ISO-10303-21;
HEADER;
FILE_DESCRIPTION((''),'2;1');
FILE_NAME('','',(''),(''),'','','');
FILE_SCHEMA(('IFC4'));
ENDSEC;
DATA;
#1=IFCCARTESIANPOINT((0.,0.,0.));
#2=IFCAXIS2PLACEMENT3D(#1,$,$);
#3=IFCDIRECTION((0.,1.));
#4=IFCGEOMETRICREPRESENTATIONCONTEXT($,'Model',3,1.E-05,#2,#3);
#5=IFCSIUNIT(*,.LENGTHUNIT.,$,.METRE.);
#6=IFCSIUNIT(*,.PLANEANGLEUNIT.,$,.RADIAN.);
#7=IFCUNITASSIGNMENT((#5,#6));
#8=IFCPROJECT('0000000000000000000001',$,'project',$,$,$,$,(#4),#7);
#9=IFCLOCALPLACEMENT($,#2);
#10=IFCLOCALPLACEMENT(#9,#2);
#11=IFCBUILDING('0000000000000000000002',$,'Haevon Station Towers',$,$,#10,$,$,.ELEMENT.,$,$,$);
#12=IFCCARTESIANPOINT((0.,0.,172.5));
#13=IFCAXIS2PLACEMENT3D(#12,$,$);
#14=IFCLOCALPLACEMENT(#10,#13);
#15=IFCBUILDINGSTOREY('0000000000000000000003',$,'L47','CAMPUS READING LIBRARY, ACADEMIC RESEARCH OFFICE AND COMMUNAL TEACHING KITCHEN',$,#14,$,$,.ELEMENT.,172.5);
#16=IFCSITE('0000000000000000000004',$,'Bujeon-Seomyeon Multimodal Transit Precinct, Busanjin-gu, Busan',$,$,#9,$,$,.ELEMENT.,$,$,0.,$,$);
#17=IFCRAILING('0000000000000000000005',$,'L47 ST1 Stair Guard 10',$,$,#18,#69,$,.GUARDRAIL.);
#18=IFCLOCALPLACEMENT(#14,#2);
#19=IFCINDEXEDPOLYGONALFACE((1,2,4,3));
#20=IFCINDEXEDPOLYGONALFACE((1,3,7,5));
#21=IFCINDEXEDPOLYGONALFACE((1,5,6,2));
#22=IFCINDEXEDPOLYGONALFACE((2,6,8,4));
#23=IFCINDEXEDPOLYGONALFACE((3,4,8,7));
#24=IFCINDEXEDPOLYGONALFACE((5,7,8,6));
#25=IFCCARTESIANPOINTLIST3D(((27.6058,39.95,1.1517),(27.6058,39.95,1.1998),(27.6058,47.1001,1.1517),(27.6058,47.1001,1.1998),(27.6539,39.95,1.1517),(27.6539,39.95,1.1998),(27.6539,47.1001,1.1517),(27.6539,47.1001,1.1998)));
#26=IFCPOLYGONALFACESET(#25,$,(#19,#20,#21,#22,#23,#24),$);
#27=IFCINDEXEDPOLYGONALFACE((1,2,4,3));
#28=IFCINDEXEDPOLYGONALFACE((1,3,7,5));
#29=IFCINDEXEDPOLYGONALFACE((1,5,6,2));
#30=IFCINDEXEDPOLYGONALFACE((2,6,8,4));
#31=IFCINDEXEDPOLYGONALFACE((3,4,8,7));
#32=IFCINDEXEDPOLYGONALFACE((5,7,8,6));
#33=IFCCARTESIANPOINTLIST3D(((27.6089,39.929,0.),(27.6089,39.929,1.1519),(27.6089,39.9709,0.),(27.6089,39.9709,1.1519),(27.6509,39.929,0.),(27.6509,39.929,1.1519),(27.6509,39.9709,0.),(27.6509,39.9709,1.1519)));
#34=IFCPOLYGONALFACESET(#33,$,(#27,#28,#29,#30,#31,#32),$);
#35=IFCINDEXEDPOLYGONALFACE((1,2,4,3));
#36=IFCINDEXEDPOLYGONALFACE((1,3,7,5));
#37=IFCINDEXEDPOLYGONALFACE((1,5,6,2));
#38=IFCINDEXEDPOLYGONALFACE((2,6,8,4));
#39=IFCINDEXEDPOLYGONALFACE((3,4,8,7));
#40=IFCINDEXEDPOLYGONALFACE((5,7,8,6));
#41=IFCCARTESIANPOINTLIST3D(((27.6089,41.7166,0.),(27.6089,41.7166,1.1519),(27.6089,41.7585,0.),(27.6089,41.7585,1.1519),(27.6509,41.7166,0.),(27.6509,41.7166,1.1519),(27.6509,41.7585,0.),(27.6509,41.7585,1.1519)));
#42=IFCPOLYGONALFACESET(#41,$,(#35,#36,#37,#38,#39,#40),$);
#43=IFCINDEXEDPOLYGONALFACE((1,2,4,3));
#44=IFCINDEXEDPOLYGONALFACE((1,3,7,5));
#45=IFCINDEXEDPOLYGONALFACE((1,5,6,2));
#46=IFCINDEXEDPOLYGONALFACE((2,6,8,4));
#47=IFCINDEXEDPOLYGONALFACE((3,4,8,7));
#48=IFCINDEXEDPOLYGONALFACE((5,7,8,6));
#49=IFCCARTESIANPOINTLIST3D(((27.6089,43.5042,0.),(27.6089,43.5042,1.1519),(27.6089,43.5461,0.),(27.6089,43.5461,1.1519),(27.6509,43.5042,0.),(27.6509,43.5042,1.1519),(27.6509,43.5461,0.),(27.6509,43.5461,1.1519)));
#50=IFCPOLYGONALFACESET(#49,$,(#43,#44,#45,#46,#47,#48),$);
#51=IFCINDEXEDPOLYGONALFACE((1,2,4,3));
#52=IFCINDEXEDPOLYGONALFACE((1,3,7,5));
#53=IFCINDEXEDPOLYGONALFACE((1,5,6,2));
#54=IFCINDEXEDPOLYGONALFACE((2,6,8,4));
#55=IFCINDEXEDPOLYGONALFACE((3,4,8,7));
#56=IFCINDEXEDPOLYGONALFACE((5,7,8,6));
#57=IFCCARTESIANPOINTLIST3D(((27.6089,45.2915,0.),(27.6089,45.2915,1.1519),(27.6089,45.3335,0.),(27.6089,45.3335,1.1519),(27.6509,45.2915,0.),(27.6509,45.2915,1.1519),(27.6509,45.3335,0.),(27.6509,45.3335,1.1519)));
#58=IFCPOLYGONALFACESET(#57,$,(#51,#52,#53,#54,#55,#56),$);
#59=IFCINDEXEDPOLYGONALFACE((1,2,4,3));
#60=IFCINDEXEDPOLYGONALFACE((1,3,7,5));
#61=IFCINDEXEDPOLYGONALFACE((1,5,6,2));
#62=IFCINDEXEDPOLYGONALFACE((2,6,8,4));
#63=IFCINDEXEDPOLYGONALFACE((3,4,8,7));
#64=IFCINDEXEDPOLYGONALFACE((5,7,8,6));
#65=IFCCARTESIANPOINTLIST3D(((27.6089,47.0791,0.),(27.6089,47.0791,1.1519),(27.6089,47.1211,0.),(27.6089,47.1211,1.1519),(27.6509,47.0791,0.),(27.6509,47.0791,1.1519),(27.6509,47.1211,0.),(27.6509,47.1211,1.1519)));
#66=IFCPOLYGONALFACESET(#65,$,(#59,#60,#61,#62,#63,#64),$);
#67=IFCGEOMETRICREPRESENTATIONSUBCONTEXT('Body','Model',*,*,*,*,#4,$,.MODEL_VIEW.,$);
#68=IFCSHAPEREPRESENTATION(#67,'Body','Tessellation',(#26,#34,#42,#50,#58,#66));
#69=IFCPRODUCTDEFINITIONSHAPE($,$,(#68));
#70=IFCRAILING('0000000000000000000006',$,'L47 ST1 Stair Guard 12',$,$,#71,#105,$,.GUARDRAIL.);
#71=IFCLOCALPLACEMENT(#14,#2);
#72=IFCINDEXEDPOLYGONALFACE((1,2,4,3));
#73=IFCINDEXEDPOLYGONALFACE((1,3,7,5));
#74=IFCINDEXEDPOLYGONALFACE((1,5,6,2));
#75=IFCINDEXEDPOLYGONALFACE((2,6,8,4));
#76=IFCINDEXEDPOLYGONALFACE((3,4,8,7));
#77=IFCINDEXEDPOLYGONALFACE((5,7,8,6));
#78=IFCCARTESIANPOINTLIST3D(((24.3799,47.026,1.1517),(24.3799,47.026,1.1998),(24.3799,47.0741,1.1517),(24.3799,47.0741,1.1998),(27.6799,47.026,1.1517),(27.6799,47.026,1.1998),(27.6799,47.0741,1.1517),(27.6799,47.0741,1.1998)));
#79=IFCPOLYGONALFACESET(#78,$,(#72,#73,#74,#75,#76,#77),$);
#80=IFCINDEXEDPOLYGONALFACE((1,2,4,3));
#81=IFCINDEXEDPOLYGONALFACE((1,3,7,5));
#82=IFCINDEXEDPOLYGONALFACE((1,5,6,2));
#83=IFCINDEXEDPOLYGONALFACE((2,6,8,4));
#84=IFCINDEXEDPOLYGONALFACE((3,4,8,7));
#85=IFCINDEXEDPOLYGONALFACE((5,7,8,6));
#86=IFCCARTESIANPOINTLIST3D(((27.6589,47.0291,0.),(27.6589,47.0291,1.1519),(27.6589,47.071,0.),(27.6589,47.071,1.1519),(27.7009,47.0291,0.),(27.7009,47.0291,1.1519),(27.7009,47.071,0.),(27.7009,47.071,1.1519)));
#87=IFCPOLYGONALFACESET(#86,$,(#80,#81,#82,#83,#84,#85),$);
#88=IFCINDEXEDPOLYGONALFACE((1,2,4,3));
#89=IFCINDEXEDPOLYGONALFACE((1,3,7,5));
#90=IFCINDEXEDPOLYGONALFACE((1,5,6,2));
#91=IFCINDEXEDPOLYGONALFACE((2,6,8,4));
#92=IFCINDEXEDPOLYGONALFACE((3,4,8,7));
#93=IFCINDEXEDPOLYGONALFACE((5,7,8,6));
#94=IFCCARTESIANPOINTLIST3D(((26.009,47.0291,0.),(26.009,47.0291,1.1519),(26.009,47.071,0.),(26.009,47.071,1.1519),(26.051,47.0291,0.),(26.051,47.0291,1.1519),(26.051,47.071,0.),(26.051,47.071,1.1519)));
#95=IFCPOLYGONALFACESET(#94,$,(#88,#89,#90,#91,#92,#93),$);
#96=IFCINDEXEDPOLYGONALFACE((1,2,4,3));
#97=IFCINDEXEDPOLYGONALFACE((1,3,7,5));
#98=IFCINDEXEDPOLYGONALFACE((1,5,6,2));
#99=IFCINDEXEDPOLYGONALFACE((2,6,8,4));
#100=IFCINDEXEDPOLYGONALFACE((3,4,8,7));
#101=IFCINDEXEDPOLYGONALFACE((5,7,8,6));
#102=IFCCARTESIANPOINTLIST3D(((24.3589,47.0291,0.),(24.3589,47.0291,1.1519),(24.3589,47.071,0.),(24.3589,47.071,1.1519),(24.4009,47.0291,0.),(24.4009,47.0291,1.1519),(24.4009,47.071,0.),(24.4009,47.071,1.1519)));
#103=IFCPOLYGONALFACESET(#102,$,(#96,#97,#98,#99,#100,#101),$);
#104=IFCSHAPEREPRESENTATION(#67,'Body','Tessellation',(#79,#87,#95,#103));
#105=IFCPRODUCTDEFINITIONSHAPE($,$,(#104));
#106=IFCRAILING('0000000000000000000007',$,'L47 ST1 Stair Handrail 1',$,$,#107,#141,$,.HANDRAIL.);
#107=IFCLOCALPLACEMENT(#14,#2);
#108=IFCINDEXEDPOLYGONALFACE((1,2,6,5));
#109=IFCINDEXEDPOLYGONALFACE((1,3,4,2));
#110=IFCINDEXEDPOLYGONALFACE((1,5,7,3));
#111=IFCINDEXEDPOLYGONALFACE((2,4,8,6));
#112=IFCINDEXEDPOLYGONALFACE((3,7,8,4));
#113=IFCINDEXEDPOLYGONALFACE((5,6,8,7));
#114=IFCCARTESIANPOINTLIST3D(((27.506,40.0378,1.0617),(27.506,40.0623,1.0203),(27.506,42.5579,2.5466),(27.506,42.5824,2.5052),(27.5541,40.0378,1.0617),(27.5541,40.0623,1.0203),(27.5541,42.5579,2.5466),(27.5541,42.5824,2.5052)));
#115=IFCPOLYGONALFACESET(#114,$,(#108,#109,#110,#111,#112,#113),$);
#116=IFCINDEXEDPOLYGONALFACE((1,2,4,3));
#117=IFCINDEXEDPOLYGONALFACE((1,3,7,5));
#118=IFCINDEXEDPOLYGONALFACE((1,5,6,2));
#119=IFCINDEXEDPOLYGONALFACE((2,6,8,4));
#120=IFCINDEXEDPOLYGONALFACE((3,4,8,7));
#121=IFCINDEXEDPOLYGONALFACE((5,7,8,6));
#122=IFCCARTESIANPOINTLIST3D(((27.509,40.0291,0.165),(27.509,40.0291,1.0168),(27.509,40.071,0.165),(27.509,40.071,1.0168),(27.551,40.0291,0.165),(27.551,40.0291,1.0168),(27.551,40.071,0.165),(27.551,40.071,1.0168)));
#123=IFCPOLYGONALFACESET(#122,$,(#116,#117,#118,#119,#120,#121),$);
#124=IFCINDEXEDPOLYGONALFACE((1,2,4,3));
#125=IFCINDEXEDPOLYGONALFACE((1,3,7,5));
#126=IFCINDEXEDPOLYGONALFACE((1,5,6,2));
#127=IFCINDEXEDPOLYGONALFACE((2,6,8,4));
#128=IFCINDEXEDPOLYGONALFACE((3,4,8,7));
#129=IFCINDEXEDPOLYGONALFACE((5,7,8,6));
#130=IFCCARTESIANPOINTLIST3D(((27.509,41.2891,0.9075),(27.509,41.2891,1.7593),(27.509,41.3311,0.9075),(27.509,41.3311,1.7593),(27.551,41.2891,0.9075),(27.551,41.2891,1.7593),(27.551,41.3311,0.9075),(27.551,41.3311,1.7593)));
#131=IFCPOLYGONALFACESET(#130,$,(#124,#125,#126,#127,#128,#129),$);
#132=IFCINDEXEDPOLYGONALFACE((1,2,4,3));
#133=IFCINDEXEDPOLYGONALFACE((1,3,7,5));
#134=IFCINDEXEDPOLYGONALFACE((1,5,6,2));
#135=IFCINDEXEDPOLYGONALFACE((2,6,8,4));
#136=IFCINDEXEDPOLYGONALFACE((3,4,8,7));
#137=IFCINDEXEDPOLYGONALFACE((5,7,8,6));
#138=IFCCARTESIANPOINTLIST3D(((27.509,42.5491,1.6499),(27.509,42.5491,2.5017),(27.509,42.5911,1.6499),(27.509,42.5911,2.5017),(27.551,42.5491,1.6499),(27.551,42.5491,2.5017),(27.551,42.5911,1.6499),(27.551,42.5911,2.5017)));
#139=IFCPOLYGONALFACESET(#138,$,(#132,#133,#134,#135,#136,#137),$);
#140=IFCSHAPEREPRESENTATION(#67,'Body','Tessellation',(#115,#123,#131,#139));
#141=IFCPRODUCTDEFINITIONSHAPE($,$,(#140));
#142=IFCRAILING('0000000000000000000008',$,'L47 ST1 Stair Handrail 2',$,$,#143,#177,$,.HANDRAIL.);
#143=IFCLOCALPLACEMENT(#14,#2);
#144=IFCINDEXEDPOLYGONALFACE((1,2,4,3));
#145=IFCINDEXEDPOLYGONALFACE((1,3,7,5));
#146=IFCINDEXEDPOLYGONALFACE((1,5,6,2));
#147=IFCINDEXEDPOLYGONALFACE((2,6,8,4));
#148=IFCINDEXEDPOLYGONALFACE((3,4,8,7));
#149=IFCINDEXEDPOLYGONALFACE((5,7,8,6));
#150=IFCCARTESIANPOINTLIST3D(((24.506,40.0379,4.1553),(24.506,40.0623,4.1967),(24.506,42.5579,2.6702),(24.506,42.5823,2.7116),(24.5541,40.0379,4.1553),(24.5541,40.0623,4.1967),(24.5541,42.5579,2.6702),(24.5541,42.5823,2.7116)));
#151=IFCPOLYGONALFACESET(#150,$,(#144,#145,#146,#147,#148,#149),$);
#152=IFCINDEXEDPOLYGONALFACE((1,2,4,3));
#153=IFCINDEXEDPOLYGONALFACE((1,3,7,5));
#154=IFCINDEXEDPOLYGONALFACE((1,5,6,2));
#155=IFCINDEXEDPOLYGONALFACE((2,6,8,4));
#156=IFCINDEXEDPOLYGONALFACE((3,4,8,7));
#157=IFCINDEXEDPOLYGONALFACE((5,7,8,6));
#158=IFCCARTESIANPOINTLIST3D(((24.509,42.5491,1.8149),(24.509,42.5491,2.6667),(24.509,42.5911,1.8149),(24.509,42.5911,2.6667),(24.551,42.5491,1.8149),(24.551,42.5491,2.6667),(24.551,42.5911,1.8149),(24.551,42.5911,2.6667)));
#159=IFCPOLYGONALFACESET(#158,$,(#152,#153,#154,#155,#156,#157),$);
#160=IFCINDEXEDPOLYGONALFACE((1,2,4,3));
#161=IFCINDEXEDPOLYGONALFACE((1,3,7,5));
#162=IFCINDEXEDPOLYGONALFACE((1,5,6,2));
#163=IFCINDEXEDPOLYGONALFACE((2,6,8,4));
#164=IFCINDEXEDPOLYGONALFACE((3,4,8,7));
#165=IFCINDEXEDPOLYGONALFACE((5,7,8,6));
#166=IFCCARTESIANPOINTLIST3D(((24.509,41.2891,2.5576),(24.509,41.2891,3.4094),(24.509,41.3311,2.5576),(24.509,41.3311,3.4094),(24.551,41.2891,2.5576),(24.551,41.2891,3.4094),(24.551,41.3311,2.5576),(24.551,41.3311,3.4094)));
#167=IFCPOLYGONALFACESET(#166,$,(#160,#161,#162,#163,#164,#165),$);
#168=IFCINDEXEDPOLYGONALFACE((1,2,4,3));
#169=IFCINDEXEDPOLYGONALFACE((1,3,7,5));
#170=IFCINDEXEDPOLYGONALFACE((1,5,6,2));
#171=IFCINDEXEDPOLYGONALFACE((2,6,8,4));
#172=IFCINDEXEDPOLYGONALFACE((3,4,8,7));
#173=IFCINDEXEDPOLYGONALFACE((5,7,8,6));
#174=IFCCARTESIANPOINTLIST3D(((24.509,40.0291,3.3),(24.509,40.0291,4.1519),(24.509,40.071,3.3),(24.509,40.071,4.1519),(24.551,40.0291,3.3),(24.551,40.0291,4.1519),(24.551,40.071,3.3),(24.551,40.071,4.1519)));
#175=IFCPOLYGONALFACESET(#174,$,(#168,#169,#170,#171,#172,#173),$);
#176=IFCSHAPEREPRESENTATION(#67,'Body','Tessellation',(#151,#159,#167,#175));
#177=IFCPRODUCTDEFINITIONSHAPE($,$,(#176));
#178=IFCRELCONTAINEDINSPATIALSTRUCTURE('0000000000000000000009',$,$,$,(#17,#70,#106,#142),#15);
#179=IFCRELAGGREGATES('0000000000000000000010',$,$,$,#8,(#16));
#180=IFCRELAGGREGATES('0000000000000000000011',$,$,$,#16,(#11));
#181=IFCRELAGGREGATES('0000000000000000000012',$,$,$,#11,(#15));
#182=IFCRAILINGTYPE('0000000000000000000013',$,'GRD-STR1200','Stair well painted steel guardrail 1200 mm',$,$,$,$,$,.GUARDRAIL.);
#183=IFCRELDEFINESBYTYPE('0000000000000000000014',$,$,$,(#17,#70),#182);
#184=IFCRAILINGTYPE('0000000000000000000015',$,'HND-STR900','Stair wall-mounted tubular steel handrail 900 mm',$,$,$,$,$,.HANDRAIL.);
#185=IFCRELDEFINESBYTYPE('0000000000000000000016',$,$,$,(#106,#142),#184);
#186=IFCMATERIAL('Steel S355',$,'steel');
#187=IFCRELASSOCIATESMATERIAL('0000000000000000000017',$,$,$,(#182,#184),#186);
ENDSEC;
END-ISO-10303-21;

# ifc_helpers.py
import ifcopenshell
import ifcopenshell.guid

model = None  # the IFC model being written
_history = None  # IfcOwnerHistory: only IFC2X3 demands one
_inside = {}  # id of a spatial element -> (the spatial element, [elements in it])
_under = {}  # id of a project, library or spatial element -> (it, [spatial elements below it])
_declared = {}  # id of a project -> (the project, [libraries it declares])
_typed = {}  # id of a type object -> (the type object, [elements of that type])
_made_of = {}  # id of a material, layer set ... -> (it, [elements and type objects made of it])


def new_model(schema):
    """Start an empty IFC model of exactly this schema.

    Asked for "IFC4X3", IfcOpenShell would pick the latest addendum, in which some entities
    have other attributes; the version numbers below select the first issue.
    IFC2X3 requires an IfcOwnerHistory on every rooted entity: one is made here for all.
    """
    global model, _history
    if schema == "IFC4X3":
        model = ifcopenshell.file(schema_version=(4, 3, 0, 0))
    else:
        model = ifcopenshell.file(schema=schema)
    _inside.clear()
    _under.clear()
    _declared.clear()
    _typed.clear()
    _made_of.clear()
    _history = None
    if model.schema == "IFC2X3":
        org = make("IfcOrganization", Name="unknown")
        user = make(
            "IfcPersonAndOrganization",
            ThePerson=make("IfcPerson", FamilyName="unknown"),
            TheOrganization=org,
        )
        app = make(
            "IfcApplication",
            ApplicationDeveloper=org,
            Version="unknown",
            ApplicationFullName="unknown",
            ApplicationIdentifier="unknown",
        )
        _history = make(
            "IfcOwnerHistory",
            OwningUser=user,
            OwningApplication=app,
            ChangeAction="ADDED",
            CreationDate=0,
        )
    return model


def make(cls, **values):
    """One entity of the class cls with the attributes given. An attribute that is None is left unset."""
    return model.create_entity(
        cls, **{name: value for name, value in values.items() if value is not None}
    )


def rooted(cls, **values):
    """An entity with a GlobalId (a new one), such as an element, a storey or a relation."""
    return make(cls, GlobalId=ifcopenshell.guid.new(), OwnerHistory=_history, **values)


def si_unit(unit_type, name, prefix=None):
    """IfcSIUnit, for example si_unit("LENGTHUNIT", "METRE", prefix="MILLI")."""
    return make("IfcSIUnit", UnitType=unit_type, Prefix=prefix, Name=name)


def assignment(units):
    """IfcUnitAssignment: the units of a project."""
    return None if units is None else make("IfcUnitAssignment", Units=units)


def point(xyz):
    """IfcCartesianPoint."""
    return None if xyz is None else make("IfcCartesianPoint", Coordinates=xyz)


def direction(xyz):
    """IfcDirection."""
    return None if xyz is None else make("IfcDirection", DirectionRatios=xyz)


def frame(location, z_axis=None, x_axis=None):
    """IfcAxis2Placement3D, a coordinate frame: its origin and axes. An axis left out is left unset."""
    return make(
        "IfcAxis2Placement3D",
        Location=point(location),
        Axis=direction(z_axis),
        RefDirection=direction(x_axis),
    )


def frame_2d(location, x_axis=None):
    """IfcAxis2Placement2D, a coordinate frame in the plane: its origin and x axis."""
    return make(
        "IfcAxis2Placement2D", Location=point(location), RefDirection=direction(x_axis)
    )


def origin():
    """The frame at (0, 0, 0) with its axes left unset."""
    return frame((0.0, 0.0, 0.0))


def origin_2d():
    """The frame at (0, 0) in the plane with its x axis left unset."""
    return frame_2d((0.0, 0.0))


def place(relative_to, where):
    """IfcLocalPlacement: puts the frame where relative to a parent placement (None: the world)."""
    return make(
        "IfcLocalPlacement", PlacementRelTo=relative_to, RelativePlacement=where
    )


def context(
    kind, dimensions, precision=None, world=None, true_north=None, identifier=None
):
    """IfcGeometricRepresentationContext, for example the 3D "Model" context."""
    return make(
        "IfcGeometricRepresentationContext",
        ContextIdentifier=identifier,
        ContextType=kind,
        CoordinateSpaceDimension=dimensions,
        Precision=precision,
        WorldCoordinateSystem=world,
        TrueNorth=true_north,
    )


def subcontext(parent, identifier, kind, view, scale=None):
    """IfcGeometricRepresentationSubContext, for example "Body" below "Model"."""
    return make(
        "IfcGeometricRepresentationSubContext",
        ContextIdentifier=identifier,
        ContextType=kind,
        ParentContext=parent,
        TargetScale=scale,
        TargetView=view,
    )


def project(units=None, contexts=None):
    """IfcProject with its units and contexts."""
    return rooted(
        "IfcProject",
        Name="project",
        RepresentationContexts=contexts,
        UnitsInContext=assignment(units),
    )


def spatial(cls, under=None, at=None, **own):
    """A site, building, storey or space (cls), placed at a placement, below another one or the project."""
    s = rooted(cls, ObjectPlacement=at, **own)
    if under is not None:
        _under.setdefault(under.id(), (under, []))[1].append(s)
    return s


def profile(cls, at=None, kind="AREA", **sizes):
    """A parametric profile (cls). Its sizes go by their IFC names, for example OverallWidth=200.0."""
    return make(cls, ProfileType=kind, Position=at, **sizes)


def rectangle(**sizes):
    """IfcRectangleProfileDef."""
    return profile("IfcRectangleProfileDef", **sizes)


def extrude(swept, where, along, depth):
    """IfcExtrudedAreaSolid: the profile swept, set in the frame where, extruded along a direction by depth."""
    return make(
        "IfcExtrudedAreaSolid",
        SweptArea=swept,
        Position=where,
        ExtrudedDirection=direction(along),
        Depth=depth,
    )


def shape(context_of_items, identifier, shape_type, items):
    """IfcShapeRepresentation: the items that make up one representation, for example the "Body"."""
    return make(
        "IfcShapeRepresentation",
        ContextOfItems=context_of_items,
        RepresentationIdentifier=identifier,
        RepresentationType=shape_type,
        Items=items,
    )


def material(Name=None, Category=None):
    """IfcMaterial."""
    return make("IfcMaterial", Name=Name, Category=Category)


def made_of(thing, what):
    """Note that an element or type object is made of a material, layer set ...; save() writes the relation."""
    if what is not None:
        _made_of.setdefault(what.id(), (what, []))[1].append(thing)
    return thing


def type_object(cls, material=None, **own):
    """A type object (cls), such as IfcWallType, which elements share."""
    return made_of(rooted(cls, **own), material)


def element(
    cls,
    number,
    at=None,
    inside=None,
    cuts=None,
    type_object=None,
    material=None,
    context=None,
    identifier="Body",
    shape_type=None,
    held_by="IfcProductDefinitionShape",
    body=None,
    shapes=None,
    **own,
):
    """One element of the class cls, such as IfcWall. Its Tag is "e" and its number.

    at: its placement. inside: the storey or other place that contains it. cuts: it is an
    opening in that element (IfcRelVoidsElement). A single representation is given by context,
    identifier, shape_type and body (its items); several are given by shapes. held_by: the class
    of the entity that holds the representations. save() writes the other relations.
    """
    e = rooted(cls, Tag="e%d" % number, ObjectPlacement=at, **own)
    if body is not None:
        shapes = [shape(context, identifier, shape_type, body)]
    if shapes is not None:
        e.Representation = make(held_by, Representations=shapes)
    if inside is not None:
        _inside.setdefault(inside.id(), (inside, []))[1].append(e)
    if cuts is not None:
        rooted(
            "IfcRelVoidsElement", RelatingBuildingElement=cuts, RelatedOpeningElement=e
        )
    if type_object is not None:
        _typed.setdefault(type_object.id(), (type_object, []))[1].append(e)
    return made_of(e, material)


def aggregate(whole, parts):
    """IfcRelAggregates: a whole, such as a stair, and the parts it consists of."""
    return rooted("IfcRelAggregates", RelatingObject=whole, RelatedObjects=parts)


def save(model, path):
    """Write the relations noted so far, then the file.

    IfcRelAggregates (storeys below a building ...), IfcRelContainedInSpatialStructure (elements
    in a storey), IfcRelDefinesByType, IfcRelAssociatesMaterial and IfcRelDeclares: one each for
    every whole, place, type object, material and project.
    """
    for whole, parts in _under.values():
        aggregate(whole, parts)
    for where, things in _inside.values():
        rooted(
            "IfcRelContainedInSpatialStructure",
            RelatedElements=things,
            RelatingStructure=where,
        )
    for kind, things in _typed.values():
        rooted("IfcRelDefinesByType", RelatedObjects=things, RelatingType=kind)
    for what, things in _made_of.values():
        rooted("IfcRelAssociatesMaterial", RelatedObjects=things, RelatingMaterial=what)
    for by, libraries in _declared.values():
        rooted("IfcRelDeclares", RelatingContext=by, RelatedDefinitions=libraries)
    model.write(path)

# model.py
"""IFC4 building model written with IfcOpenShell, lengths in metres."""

from ifc_helpers import new_model, si_unit, direction, frame, origin, origin_2d, place, context, subcontext, project, spatial, rectangle, extrude, material, type_object, element, save


model = new_model("IFC4")

# Units and contexts
model_context = context("Model", 3, precision=1e-05, world=origin(), true_north=direction((0.0, 1.0)))
body_context = subcontext(model_context, "Body", "Model", "MODEL_VIEW")
ifc_project = project(units=[si_unit("LENGTHUNIT", "METRE"), si_unit("PLANEANGLEUNIT", "RADIAN")], contexts=[model_context])

# Site, building, storey
site_placement = place(None, origin())
site = spatial("IfcSite", under=ifc_project, at=site_placement, Name="Bujeon-Seomyeon Multimodal Transit Precinct, Busanjin-gu, Busan", CompositionType="ELEMENT", RefElevation=0.0)
building_placement = place(site_placement, origin())
building = spatial("IfcBuilding", under=site, at=building_placement, Name="Haevon Station Towers", CompositionType="ELEMENT")
storey_placement = place(building_placement, frame((0.0, 0.0, 172.5)))
storey = spatial("IfcBuildingStorey", under=building, at=storey_placement, Name="L47", Description="CAMPUS READING LIBRARY, ACADEMIC RESEARCH OFFICE AND COMMUNAL TEACHING KITCHEN", CompositionType="ELEMENT", Elevation=172.5)

# Shared definitions
ifc_material_1 = material(Name="Steel S355", Category="steel")

# Railings
railing_type_1 = type_object("IfcRailingType", Name="GRD-STR1200", Description="Stair well painted steel guardrail 1200 mm", PredefinedType="GUARDRAIL", material=ifc_material_1)
railing_1_placement = place(storey_placement, frame((27.6299, 39.95, 0.0)))
element("IfcRailing", 1, at=railing_1_placement, inside=storey, type_object=railing_type_1, Name="L47 ST1 Stair Guard 10", PredefinedType="GUARDRAIL", context=body_context, shape_type="SweptSolid", body=[
    extrude(rectangle(XDim=0.0481, YDim=0.0481, at=origin_2d()), frame((0.0, 0.0, 1.1758), z_axis=(0.0, 1.0, 0.0), x_axis=(-1.0, 0.0, 0.0)), (0.0, 0.0, 1.0), 7.1501),
    extrude(rectangle(XDim=0.042, YDim=0.042, at=origin_2d()), origin(), (0.0, 0.0, 1.0), 1.1519),
    extrude(rectangle(XDim=0.042, YDim=0.042, at=origin_2d()), frame((0.0, 1.7876, 0.0)), (0.0, 0.0, 1.0), 1.1519),
    extrude(rectangle(XDim=0.042, YDim=0.042, at=origin_2d()), frame((0.0, 3.5752, 0.0)), (0.0, 0.0, 1.0), 1.1519),
    extrude(rectangle(XDim=0.042, YDim=0.042, at=origin_2d()), frame((0.0, 5.3625, 0.0)), (0.0, 0.0, 1.0), 1.1519),
    extrude(rectangle(XDim=0.042, YDim=0.042, at=origin_2d()), frame((0.0, 7.1501, 0.0)), (0.0, 0.0, 1.0), 1.1519),
])
railing_2_placement = place(storey_placement, frame((27.6799, 47.05, 0.0)))
element("IfcRailing", 2, at=railing_2_placement, inside=storey, type_object=railing_type_1, Name="L47 ST1 Stair Guard 12", PredefinedType="GUARDRAIL", context=body_context, shape_type="SweptSolid", body=[
    extrude(rectangle(XDim=0.0481, YDim=0.0481, at=origin_2d()), frame((0.0, 0.0, 1.1758), z_axis=(-1.0, 0.0, 0.0), x_axis=(0.0, -1.0, 0.0)), (0.0, 0.0, 1.0), 3.3),
    extrude(rectangle(XDim=0.042, YDim=0.042, at=origin_2d()), origin(), (0.0, 0.0, 1.0), 1.1519),
    extrude(rectangle(XDim=0.042, YDim=0.042, at=origin_2d()), frame((-1.6499, 0.0, 0.0)), (0.0, 0.0, 1.0), 1.1519),
    extrude(rectangle(XDim=0.042, YDim=0.042, at=origin_2d()), frame((-3.3, 0.0, 0.0)), (0.0, 0.0, 1.0), 1.1519),
])
railing_type_2 = type_object("IfcRailingType", Name="HND-STR900", Description="Stair wall-mounted tubular steel handrail 900 mm", PredefinedType="HANDRAIL", material=ifc_material_1)
railing_3_placement = place(storey_placement, frame((27.53, 40.05, 0.165)))
element("IfcRailing", 3, at=railing_3_placement, inside=storey, type_object=railing_type_2, Name="L47 ST1 Stair Handrail 1", PredefinedType="HANDRAIL", context=body_context, shape_type="SweptSolid", body=[
    extrude(rectangle(XDim=0.0481, YDim=0.0481, at=origin_2d()), frame((0.0, 0.0, 0.876), z_axis=(0.0, 0.861561, 0.507655), x_axis=(-1.0, 0.0, 0.0)), (0.0, 0.0, 1.0), 2.925),
    extrude(rectangle(XDim=0.042, YDim=0.042, at=origin_2d()), origin(), (0.0, 0.0, 1.0), 0.8518),
    extrude(rectangle(XDim=0.042, YDim=0.042, at=origin_2d()), frame((0.0, 1.26, 0.7424)), (0.0, 0.0, 1.0), 0.8518),
    extrude(rectangle(XDim=0.042, YDim=0.042, at=origin_2d()), frame((0.0, 2.52, 1.4849)), (0.0, 0.0, 1.0), 0.8518),
])
railing_4_placement = place(storey_placement, frame((24.53, 42.5701, 1.8149)))
element("IfcRailing", 4, at=railing_4_placement, inside=storey, type_object=railing_type_2, Name="L47 ST1 Stair Handrail 2", PredefinedType="HANDRAIL", context=body_context, shape_type="SweptSolid", body=[
    extrude(rectangle(XDim=0.0481, YDim=0.0481, at=origin_2d()), frame((0.0, 0.0, 0.876), z_axis=(0.0, -0.861524, 0.507717), x_axis=(1.0, 0.0, 0.0)), (0.0, 0.0, 1.0), 2.925),
    extrude(rectangle(XDim=0.042, YDim=0.042, at=origin_2d()), origin(), (0.0, 0.0, 1.0), 0.8518),
    extrude(rectangle(XDim=0.042, YDim=0.042, at=origin_2d()), frame((0.0, -1.26, 0.7427)), (0.0, 0.0, 1.0), 0.8518),
    extrude(rectangle(XDim=0.042, YDim=0.042, at=origin_2d()), frame((0.0, -2.52, 1.4851)), (0.0, 0.0, 1.0), 0.8518),
])

save(model, "model.ifc")
